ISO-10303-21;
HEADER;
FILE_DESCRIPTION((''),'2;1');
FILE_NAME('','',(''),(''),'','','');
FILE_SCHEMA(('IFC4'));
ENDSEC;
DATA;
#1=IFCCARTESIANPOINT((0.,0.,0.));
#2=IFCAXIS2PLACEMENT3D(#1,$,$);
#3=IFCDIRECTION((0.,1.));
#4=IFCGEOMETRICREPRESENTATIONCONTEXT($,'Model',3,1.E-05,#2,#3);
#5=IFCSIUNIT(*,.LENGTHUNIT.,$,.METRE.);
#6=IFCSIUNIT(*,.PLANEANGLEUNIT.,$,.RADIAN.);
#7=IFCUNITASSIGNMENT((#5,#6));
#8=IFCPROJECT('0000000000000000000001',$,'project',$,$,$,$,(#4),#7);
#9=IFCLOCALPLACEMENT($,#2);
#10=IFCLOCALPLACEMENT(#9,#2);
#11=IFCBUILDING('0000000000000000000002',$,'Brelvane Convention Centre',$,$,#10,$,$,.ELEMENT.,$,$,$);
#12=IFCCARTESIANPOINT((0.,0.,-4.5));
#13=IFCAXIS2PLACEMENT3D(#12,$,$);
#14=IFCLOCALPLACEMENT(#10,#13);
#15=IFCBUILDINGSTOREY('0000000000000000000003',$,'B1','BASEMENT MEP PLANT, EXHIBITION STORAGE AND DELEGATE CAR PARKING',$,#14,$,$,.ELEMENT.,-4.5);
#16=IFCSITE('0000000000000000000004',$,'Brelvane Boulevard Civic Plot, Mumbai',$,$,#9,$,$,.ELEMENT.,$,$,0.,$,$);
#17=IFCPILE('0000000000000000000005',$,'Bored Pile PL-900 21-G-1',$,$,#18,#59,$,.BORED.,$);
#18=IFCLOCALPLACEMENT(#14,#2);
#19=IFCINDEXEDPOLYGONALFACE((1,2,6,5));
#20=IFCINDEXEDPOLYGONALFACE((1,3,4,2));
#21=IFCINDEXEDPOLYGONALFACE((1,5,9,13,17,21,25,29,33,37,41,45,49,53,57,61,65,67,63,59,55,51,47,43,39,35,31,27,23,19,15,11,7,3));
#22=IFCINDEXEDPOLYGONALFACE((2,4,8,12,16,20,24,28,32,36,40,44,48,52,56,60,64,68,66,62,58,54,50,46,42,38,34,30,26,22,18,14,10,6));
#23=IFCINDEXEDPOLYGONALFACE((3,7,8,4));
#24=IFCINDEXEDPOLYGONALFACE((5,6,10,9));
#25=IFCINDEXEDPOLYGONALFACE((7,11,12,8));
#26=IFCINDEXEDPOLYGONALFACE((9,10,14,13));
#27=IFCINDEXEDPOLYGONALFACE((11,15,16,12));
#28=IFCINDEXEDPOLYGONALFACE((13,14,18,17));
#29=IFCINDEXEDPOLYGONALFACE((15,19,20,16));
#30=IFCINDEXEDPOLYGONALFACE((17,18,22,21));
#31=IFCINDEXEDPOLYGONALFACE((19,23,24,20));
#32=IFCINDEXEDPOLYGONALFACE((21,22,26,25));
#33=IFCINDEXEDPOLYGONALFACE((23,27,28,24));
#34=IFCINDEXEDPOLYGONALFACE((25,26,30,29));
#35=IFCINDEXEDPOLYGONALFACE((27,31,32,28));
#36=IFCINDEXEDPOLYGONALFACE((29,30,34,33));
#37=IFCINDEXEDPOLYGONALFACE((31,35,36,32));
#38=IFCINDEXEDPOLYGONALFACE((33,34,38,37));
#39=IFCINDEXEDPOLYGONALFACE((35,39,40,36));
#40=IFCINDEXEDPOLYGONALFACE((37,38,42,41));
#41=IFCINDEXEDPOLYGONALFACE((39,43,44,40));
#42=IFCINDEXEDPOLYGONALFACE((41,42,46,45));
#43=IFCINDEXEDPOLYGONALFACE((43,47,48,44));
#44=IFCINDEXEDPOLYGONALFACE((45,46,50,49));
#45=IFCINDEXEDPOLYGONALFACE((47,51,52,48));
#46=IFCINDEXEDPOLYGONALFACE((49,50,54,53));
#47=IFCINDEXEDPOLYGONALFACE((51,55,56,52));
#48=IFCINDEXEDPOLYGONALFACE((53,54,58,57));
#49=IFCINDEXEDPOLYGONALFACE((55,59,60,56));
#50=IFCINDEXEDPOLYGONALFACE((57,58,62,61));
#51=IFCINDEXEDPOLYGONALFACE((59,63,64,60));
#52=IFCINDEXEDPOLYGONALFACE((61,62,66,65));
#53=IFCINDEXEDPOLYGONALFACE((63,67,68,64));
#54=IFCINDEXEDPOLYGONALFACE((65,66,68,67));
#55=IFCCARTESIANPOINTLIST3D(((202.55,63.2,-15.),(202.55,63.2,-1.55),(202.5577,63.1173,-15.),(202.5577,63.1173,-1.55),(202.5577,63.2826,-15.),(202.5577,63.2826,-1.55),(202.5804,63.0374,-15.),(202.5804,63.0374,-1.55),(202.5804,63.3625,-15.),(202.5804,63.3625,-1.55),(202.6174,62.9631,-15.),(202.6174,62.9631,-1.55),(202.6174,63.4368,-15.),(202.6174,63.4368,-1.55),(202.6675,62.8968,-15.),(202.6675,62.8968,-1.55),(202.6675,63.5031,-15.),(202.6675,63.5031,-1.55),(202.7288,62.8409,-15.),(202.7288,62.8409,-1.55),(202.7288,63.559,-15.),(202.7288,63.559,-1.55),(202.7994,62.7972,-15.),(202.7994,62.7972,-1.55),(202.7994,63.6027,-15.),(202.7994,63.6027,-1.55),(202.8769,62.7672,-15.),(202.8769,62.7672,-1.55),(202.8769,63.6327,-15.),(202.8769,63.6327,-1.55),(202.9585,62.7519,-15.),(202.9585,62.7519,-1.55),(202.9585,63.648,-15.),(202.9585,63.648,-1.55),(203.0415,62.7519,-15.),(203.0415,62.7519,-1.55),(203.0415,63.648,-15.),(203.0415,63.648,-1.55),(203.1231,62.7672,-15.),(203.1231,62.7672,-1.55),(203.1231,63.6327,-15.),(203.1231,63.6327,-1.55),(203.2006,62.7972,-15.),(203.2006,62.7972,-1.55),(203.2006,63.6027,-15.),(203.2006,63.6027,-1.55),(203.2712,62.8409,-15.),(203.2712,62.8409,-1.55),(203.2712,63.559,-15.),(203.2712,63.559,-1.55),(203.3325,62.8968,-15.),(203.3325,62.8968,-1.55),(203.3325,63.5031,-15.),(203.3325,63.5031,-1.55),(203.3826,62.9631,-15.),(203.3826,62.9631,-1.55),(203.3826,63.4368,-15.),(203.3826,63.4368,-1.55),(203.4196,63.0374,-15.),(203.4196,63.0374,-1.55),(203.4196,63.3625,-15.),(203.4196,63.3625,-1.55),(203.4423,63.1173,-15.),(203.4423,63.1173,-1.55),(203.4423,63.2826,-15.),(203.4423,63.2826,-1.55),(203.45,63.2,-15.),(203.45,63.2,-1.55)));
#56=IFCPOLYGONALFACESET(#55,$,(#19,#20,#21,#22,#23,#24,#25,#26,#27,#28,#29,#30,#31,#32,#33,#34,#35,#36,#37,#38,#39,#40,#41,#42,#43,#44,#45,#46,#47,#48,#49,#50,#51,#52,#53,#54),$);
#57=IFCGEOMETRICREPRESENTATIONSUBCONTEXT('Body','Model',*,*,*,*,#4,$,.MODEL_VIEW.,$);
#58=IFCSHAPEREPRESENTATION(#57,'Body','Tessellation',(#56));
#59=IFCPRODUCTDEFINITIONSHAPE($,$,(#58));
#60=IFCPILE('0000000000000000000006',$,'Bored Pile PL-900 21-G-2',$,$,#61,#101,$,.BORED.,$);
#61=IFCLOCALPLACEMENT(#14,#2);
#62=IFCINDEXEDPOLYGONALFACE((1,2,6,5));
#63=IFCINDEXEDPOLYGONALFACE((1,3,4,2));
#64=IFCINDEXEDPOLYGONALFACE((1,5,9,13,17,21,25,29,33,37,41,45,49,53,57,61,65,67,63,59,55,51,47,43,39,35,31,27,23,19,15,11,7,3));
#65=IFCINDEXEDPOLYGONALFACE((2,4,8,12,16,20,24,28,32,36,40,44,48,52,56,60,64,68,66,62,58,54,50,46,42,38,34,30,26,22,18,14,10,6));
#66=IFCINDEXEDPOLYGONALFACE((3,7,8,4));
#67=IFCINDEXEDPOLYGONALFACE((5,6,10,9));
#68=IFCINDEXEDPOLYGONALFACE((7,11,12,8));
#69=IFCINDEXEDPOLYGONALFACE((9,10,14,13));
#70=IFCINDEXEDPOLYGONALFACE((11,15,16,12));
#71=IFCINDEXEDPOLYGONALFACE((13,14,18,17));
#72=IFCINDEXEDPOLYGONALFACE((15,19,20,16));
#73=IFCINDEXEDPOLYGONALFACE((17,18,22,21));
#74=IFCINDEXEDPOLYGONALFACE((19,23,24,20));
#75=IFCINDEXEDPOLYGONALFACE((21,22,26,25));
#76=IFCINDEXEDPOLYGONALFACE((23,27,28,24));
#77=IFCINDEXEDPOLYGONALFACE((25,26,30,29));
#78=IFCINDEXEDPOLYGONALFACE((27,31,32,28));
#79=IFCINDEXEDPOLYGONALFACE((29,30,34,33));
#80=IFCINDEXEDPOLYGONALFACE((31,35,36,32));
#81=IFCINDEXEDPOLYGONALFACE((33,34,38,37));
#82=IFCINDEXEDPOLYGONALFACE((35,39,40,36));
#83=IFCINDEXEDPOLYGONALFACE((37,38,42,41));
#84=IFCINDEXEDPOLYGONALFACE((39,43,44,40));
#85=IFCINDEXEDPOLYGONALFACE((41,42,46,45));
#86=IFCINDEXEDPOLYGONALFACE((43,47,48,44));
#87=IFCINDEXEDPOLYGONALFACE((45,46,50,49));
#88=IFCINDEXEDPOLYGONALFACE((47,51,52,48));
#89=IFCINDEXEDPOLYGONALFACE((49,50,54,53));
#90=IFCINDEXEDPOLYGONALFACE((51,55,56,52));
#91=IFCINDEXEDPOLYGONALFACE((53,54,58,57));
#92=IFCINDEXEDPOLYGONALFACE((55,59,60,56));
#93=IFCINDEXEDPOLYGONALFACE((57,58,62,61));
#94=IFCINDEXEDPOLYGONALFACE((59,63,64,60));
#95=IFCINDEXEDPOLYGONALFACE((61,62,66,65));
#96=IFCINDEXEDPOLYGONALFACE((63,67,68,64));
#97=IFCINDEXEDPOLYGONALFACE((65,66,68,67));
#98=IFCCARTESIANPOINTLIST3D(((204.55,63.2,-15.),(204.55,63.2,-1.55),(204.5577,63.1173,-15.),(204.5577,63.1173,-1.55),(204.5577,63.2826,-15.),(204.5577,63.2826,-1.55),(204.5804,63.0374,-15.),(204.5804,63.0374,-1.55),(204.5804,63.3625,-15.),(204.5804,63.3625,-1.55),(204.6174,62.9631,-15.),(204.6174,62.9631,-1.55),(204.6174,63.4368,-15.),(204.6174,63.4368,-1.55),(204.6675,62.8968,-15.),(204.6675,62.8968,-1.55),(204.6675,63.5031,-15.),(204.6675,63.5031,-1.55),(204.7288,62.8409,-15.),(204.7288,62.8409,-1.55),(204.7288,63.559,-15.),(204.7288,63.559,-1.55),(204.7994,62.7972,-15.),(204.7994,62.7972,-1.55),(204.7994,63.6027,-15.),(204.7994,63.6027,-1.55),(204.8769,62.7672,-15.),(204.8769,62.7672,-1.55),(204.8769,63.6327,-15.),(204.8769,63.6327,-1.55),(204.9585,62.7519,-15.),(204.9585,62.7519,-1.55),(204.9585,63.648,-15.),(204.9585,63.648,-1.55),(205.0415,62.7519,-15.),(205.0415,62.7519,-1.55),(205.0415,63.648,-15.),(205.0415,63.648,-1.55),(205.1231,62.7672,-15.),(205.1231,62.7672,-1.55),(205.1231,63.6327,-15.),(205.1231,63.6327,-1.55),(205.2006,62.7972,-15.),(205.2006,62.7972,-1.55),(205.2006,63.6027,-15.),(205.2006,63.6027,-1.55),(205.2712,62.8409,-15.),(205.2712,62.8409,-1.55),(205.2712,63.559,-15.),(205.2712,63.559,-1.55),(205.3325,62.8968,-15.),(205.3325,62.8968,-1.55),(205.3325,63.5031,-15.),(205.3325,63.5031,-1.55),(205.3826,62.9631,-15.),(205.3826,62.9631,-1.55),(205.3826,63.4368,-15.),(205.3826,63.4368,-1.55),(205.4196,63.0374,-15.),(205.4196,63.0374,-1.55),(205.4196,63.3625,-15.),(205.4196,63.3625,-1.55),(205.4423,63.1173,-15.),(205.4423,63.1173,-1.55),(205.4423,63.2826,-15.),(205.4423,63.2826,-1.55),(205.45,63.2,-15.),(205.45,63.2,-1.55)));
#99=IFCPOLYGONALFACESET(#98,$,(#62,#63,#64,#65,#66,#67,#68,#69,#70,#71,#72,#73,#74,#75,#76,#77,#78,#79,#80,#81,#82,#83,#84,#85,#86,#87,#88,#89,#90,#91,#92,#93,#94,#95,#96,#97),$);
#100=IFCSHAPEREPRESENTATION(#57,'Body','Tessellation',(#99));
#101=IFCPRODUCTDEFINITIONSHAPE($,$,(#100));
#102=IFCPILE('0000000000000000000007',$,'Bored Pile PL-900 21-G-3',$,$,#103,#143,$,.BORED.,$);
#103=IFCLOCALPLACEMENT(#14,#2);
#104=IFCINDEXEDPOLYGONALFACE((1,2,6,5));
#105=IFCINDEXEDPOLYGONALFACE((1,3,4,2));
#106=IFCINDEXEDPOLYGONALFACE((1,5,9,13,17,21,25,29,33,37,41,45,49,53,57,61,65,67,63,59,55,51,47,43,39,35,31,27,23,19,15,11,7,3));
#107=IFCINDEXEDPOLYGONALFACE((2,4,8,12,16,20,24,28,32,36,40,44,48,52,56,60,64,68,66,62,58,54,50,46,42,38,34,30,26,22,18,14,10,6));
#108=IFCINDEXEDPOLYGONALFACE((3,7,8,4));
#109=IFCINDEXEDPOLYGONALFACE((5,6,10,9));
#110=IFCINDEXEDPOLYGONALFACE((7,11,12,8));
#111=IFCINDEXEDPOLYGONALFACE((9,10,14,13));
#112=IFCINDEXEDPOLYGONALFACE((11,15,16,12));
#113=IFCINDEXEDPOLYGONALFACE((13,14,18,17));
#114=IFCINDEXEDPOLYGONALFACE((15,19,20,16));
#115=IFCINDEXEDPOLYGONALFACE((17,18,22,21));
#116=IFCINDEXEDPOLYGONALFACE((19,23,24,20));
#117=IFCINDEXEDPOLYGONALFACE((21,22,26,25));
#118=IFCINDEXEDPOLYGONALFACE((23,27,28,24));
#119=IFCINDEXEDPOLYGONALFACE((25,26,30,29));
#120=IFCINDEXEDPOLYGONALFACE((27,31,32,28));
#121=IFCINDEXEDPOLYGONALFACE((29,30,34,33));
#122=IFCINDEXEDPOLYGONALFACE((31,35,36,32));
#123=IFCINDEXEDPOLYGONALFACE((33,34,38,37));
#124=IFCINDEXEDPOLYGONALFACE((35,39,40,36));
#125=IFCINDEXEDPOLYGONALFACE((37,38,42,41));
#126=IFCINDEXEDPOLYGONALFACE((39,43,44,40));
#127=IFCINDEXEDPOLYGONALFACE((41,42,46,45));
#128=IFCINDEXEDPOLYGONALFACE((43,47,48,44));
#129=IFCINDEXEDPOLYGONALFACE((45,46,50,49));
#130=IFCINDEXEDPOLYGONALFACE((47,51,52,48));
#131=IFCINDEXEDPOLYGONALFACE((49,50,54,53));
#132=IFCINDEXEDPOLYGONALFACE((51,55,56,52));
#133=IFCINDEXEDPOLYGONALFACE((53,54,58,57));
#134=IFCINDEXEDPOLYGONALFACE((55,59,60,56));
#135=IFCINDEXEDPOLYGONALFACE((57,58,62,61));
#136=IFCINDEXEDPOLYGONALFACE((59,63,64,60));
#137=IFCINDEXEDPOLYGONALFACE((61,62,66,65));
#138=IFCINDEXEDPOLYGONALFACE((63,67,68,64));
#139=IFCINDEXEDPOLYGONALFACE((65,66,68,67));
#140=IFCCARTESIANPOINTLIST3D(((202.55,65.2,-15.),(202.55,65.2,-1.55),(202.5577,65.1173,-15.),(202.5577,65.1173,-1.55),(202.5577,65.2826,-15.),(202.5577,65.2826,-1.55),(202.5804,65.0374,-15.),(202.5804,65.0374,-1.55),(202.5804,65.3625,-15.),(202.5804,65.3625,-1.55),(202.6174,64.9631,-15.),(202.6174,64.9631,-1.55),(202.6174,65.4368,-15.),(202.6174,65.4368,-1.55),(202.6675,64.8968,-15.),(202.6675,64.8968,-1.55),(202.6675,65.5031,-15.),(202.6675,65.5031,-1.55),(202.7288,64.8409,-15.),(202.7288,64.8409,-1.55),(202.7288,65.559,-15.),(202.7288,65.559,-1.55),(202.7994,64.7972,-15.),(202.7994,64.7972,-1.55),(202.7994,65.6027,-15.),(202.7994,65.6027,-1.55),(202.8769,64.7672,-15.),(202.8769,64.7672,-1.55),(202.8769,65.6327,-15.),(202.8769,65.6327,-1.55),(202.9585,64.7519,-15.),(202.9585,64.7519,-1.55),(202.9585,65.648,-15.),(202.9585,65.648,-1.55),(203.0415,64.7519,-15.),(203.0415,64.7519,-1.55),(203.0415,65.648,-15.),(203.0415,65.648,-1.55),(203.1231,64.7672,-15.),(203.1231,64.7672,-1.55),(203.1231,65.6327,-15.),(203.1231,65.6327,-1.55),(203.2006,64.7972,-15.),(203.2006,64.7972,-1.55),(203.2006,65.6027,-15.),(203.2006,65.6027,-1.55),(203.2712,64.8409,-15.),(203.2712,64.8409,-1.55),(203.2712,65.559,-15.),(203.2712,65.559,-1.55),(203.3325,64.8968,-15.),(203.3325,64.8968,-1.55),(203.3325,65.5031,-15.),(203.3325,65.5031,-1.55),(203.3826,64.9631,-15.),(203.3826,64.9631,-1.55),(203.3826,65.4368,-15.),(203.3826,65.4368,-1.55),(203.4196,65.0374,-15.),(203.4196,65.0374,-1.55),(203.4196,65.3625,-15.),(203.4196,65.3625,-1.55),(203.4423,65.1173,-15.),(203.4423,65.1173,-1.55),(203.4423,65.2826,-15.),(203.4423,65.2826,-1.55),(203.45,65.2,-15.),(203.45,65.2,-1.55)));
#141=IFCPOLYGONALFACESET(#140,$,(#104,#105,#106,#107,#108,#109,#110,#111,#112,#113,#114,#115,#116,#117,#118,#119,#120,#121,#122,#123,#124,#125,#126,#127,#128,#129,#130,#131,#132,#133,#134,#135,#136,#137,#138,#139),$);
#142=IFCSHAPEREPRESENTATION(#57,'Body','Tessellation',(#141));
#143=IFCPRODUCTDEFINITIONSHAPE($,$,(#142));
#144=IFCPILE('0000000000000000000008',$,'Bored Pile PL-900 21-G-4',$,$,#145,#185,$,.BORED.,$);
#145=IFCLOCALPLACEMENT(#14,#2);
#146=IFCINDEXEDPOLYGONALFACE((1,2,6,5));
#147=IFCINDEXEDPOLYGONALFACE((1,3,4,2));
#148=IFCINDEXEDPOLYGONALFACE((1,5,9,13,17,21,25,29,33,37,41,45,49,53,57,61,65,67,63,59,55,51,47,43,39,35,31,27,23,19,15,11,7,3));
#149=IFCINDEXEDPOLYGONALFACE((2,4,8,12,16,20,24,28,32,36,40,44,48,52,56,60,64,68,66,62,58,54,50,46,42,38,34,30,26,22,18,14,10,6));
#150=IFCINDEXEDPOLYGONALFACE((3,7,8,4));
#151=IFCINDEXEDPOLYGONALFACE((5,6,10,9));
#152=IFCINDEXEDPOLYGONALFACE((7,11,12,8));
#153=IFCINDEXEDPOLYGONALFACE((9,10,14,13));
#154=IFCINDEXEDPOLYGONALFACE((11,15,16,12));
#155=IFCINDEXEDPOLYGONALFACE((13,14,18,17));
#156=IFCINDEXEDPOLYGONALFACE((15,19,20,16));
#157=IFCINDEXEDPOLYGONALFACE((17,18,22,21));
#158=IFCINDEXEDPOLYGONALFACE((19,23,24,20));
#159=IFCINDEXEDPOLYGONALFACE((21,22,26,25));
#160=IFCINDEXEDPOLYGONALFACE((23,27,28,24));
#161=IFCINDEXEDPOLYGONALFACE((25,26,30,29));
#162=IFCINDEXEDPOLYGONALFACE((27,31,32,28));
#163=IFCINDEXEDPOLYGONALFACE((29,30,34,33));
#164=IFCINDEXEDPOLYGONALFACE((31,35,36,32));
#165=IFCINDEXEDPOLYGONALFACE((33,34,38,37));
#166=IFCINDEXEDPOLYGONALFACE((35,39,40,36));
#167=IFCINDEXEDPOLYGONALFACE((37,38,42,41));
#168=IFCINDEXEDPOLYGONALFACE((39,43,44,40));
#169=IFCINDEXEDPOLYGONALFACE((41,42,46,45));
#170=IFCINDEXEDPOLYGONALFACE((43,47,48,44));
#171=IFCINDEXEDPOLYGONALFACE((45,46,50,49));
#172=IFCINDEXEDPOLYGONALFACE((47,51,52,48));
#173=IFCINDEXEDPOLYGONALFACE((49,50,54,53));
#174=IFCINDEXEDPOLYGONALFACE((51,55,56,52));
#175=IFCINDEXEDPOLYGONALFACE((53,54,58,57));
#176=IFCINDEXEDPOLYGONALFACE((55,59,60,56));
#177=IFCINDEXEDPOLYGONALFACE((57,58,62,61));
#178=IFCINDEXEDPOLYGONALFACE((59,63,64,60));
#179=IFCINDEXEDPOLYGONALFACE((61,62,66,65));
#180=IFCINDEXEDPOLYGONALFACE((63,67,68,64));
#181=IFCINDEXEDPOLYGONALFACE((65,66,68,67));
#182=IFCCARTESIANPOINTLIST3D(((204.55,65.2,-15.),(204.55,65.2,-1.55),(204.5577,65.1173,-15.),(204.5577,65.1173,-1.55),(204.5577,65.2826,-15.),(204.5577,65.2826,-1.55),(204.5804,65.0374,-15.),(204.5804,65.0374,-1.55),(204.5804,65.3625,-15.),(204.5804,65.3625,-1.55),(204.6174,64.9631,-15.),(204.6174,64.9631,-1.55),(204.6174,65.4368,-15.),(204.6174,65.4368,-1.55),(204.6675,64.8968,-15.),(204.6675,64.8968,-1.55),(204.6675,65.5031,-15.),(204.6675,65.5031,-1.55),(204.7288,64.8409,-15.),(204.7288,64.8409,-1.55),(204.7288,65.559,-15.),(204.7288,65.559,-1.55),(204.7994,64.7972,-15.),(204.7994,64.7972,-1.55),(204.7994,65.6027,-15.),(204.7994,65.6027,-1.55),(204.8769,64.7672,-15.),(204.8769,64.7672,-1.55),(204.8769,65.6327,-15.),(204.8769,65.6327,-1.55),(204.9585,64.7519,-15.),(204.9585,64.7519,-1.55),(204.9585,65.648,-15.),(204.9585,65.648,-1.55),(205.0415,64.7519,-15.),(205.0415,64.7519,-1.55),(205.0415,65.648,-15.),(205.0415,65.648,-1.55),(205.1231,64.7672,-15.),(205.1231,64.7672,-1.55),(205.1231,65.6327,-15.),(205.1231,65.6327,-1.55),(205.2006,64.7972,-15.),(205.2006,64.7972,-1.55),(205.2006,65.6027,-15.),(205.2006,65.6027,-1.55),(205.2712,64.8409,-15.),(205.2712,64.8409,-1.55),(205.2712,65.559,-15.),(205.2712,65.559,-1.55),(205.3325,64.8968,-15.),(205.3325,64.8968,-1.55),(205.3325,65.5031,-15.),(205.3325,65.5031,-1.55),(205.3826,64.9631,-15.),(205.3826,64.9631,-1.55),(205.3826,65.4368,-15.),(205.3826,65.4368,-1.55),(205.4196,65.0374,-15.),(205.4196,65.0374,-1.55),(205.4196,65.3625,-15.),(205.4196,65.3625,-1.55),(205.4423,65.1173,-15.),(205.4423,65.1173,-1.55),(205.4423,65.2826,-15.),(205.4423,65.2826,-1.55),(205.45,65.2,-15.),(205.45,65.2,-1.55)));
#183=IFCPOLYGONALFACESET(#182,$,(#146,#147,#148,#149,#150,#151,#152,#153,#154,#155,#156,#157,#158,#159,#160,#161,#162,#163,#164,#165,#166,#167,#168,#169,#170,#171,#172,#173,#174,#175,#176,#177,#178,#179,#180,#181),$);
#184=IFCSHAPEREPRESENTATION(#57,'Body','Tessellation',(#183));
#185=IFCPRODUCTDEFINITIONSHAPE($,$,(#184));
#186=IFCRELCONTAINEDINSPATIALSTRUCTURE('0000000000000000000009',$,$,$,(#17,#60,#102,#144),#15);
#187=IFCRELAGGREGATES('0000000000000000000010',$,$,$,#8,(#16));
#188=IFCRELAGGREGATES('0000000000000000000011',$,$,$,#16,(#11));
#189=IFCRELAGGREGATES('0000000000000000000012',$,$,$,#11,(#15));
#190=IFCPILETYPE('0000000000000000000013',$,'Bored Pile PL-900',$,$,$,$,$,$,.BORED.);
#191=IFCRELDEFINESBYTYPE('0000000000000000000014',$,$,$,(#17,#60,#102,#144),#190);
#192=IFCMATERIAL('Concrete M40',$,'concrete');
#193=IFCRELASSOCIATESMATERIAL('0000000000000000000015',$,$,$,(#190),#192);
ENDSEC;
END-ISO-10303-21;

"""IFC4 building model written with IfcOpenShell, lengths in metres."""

from ifc_helpers import new_model, si_unit, direction, frame, origin, origin_2d, place, context, subcontext, project, spatial, circle, extrude, material, material_profile, profile_set, type_object, element, save


model = new_model("IFC4")

# Units and contexts
model_context = context("Model", 3, precision=1e-05, world=origin(), true_north=direction((0.0, 1.0)))
body_context = subcontext(model_context, "Body", "Model", "MODEL_VIEW")
ifc_project = project(units=[si_unit("LENGTHUNIT", "METRE"), si_unit("PLANEANGLEUNIT", "RADIAN")], contexts=[model_context])

# Site, building, storey
site_placement = place(None, origin())
site = spatial("IfcSite", under=ifc_project, at=site_placement, Name="Brelvane Boulevard Civic Plot, Mumbai", CompositionType="ELEMENT", RefElevation=0.0)
building_placement = place(site_placement, origin())
building = spatial("IfcBuilding", under=site, at=building_placement, Name="Brelvane Convention Centre", CompositionType="ELEMENT")
storey_placement = place(building_placement, frame((0.0, 0.0, -4.5)))
storey = spatial("IfcBuildingStorey", under=building, at=storey_placement, Name="B1", Description="BASEMENT MEP PLANT, EXHIBITION STORAGE AND DELEGATE CAR PARKING", CompositionType="ELEMENT", Elevation=-4.5)

# Piles
ifc_material_1 = material(Name="Concrete M40", Category="concrete")
ifc_material_profile_1 = material_profile(ifc_material_1, circle(Radius=0.45, at=origin_2d()), Name="PILE D900")
ifc_profile_set_1 = profile_set([ifc_material_profile_1], Name="Concrete M40")
pile_type = type_object("IfcPileType", Name="Bored Pile PL-900", PredefinedType="BORED", material=ifc_profile_set_1)
for number, where, z_axis, x_axis, name in (
    (1, (203.0, 63.2, -1.55), (0.0, 0.0, -1.0), (1.0, 0.0, 0.0), "Bored Pile PL-900 21-G-1"),
    (2, (205.0, 63.2, -1.55), (0.0, 0.0, -1.0), (1.0, 0.0, 0.0), "Bored Pile PL-900 21-G-2"),
    (3, (203.0, 65.2, -1.55), (0.0, 0.0, -1.0), (1.0, 0.0, 0.0), "Bored Pile PL-900 21-G-3"),
    (4, (205.0, 65.2, -1.55), (0.0, 0.0, -1.0), (1.0, 0.0, 0.0), "Bored Pile PL-900 21-G-4"),
):
    element("IfcPile", number, at=place(storey_placement, frame(where, z_axis=z_axis, x_axis=x_axis)), inside=storey, type_object=pile_type, Name=name, PredefinedType="BORED", context=body_context, shape_type="SweptSolid", body=[
        extrude(circle(Radius=0.45, at=origin_2d()), origin(), (0.0, 0.0, 1.0), 13.45),
    ])

save(model, "model.ifc")
